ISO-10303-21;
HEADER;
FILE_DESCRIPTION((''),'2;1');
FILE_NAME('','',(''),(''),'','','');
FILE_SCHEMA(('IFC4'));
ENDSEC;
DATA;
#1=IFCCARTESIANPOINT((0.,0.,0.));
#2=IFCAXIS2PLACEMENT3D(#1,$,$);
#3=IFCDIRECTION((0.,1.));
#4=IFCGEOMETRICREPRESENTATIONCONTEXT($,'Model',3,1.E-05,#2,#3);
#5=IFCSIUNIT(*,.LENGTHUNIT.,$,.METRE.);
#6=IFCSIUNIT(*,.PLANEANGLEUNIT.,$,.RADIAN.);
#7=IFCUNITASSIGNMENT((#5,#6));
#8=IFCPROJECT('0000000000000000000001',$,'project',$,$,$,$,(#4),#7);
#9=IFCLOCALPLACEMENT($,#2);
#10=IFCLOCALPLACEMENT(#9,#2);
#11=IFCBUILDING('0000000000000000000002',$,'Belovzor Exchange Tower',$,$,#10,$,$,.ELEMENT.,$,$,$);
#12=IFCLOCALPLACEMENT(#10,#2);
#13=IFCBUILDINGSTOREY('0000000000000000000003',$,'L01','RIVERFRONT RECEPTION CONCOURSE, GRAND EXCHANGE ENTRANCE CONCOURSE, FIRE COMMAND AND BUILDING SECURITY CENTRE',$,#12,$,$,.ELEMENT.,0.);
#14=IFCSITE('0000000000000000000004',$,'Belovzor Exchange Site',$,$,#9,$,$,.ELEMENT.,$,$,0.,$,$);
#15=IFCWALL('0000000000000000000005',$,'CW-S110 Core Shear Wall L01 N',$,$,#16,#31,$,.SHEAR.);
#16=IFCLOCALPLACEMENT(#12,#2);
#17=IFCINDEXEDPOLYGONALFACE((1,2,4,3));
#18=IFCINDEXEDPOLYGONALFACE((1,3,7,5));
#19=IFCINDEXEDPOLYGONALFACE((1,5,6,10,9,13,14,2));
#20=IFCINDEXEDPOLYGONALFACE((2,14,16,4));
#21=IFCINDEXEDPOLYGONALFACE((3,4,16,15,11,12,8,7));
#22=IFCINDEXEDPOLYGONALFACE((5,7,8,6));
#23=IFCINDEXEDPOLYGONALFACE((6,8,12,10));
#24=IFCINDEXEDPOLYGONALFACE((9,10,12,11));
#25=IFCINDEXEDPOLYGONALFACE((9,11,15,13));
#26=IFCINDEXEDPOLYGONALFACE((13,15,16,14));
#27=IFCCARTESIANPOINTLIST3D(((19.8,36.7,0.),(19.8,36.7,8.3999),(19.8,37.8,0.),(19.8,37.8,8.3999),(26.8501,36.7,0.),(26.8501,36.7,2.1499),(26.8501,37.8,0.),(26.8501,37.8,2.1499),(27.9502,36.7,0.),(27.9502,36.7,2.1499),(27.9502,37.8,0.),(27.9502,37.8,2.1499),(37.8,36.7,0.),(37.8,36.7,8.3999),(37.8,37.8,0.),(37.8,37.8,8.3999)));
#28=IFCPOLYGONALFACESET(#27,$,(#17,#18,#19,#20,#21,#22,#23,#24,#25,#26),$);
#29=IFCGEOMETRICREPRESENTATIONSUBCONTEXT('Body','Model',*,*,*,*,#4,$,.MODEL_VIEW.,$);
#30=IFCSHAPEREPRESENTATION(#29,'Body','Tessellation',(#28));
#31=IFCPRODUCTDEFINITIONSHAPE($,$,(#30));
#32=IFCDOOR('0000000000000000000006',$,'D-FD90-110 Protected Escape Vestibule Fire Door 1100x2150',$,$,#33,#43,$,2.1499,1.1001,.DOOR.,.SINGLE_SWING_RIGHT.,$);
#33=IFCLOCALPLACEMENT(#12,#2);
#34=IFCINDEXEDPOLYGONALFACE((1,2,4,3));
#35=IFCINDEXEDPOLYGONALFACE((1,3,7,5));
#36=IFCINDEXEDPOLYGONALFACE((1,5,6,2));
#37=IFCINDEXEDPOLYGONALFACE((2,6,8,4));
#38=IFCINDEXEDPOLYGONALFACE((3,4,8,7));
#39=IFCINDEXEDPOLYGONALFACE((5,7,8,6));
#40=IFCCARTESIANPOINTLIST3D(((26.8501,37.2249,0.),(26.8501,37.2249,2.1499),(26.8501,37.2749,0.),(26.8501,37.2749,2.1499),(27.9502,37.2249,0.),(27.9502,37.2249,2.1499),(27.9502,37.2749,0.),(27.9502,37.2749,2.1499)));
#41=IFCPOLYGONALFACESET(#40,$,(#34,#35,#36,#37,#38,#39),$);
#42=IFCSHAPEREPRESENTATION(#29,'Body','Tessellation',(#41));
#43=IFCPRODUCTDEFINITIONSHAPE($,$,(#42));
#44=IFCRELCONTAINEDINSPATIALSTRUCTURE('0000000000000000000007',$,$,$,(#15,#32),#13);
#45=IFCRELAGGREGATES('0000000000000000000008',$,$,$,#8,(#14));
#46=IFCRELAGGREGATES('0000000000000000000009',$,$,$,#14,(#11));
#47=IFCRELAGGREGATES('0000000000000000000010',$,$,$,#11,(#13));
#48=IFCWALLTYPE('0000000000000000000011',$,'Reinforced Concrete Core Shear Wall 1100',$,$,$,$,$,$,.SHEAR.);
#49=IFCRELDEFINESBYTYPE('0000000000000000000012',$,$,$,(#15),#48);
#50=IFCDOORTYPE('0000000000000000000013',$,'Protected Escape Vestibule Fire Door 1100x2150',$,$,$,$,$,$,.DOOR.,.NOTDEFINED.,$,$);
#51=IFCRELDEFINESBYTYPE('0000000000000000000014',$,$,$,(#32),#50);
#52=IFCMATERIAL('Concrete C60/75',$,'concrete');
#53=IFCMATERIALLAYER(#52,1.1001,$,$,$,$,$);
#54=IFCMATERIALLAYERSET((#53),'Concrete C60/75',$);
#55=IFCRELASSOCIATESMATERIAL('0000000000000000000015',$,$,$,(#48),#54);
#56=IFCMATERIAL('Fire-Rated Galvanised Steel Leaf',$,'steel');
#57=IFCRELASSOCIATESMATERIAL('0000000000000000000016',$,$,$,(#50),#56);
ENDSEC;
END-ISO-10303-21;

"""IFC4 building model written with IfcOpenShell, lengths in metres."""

from ifc_helpers import new_model, si_unit, direction, frame, frame_2d, origin, place, context, subcontext, project, spatial, rectangle, extrude, material, layer, layer_set, type_object, element, fill, save


model = new_model("IFC4")

# Units and contexts
model_context = context("Model", 3, precision=1e-05, world=origin(), true_north=direction((0.0, 1.0)))
body_context = subcontext(model_context, "Body", "Model", "MODEL_VIEW")
ifc_project = project(units=[si_unit("LENGTHUNIT", "METRE"), si_unit("PLANEANGLEUNIT", "RADIAN")], contexts=[model_context])

# Site, building, storey
site_placement = place(None, origin())
site = spatial("IfcSite", under=ifc_project, at=site_placement, Name="Belovzor Exchange Site", CompositionType="ELEMENT", RefElevation=0.0)
building_placement = place(site_placement, origin())
building = spatial("IfcBuilding", under=site, at=building_placement, Name="Belovzor Exchange Tower", CompositionType="ELEMENT")
storey_placement = place(building_placement, origin())
storey = spatial("IfcBuildingStorey", under=building, at=storey_placement, Name="L01", Description="RIVERFRONT RECEPTION CONCOURSE, GRAND EXCHANGE ENTRANCE CONCOURSE, FIRE COMMAND AND BUILDING SECURITY CENTRE", CompositionType="ELEMENT", Elevation=0.0)

# Wall, opening, door
ifc_material_1 = material(Name="Concrete C60/75", Category="concrete")
ifc_layer_1 = layer(ifc_material_1, 1.1001)
ifc_layer_set_1 = layer_set([ifc_layer_1], Name="Concrete C60/75")
wall_type_1 = type_object("IfcWallType", Name="Reinforced Concrete Core Shear Wall 1100", PredefinedType="SHEAR", material=ifc_layer_set_1)
wall_1_placement = place(storey_placement, frame((19.8, 37.25, 0.0), z_axis=(0.0, 0.0, 1.0), x_axis=(1.0, 0.0, 0.0)))
wall_1 = element("IfcWall", 1, at=wall_1_placement, inside=storey, type_object=wall_type_1, Name="CW-S110 Core Shear Wall L01 N", PredefinedType="SHEAR", context=body_context, shape_type="SweptSolid", body=[
    extrude(rectangle(XDim=18.0, YDim=1.1001, at=frame_2d((9.0, 0.0))), origin(), (0.0, 0.0, 1.0), 8.3999),
])
opening_1_placement = place(wall_1_placement, frame((7.05, 0.0, 0.0)))
opening_1 = element("IfcOpeningElement", 2, at=opening_1_placement, cuts=wall_1, PredefinedType="OPENING", context=body_context, shape_type="SweptSolid", body=[
    extrude(rectangle(XDim=1.1001, YDim=2.1499, at=frame_2d((0.55, 1.075))), frame((0.0, 0.5601, 0.0), z_axis=(0.0, -1.0, 0.0), x_axis=(1.0, 0.0, 0.0)), (0.0, 0.0, 1.0), 1.1201),
])
ifc_material_2 = material(Name="Fire-Rated Galvanised Steel Leaf", Category="steel")
door_type_1 = type_object("IfcDoorType", Name="Protected Escape Vestibule Fire Door 1100x2150", OperationType="NOTDEFINED", PredefinedType="DOOR", material=ifc_material_2)
door_1_placement = place(opening_1_placement, origin())
door_1 = element("IfcDoor", 3, at=door_1_placement, inside=storey, type_object=door_type_1, Name="D-FD90-110 Protected Escape Vestibule Fire Door 1100x2150", OperationType="SINGLE_SWING_RIGHT", OverallHeight=2.1499, OverallWidth=1.1001, PredefinedType="DOOR", context=body_context, shape_type="SweptSolid", body=[
    extrude(rectangle(XDim=1.1001, YDim=2.1499, at=frame_2d((0.55, 1.075))), frame((0.0, 0.0249, 0.0), z_axis=(0.0, -1.0, 0.0), x_axis=(1.0, 0.0, 0.0)), (0.0, 0.0, 1.0), 0.05),
])
fill(opening_1, door_1)

save(model, "model.ifc")
